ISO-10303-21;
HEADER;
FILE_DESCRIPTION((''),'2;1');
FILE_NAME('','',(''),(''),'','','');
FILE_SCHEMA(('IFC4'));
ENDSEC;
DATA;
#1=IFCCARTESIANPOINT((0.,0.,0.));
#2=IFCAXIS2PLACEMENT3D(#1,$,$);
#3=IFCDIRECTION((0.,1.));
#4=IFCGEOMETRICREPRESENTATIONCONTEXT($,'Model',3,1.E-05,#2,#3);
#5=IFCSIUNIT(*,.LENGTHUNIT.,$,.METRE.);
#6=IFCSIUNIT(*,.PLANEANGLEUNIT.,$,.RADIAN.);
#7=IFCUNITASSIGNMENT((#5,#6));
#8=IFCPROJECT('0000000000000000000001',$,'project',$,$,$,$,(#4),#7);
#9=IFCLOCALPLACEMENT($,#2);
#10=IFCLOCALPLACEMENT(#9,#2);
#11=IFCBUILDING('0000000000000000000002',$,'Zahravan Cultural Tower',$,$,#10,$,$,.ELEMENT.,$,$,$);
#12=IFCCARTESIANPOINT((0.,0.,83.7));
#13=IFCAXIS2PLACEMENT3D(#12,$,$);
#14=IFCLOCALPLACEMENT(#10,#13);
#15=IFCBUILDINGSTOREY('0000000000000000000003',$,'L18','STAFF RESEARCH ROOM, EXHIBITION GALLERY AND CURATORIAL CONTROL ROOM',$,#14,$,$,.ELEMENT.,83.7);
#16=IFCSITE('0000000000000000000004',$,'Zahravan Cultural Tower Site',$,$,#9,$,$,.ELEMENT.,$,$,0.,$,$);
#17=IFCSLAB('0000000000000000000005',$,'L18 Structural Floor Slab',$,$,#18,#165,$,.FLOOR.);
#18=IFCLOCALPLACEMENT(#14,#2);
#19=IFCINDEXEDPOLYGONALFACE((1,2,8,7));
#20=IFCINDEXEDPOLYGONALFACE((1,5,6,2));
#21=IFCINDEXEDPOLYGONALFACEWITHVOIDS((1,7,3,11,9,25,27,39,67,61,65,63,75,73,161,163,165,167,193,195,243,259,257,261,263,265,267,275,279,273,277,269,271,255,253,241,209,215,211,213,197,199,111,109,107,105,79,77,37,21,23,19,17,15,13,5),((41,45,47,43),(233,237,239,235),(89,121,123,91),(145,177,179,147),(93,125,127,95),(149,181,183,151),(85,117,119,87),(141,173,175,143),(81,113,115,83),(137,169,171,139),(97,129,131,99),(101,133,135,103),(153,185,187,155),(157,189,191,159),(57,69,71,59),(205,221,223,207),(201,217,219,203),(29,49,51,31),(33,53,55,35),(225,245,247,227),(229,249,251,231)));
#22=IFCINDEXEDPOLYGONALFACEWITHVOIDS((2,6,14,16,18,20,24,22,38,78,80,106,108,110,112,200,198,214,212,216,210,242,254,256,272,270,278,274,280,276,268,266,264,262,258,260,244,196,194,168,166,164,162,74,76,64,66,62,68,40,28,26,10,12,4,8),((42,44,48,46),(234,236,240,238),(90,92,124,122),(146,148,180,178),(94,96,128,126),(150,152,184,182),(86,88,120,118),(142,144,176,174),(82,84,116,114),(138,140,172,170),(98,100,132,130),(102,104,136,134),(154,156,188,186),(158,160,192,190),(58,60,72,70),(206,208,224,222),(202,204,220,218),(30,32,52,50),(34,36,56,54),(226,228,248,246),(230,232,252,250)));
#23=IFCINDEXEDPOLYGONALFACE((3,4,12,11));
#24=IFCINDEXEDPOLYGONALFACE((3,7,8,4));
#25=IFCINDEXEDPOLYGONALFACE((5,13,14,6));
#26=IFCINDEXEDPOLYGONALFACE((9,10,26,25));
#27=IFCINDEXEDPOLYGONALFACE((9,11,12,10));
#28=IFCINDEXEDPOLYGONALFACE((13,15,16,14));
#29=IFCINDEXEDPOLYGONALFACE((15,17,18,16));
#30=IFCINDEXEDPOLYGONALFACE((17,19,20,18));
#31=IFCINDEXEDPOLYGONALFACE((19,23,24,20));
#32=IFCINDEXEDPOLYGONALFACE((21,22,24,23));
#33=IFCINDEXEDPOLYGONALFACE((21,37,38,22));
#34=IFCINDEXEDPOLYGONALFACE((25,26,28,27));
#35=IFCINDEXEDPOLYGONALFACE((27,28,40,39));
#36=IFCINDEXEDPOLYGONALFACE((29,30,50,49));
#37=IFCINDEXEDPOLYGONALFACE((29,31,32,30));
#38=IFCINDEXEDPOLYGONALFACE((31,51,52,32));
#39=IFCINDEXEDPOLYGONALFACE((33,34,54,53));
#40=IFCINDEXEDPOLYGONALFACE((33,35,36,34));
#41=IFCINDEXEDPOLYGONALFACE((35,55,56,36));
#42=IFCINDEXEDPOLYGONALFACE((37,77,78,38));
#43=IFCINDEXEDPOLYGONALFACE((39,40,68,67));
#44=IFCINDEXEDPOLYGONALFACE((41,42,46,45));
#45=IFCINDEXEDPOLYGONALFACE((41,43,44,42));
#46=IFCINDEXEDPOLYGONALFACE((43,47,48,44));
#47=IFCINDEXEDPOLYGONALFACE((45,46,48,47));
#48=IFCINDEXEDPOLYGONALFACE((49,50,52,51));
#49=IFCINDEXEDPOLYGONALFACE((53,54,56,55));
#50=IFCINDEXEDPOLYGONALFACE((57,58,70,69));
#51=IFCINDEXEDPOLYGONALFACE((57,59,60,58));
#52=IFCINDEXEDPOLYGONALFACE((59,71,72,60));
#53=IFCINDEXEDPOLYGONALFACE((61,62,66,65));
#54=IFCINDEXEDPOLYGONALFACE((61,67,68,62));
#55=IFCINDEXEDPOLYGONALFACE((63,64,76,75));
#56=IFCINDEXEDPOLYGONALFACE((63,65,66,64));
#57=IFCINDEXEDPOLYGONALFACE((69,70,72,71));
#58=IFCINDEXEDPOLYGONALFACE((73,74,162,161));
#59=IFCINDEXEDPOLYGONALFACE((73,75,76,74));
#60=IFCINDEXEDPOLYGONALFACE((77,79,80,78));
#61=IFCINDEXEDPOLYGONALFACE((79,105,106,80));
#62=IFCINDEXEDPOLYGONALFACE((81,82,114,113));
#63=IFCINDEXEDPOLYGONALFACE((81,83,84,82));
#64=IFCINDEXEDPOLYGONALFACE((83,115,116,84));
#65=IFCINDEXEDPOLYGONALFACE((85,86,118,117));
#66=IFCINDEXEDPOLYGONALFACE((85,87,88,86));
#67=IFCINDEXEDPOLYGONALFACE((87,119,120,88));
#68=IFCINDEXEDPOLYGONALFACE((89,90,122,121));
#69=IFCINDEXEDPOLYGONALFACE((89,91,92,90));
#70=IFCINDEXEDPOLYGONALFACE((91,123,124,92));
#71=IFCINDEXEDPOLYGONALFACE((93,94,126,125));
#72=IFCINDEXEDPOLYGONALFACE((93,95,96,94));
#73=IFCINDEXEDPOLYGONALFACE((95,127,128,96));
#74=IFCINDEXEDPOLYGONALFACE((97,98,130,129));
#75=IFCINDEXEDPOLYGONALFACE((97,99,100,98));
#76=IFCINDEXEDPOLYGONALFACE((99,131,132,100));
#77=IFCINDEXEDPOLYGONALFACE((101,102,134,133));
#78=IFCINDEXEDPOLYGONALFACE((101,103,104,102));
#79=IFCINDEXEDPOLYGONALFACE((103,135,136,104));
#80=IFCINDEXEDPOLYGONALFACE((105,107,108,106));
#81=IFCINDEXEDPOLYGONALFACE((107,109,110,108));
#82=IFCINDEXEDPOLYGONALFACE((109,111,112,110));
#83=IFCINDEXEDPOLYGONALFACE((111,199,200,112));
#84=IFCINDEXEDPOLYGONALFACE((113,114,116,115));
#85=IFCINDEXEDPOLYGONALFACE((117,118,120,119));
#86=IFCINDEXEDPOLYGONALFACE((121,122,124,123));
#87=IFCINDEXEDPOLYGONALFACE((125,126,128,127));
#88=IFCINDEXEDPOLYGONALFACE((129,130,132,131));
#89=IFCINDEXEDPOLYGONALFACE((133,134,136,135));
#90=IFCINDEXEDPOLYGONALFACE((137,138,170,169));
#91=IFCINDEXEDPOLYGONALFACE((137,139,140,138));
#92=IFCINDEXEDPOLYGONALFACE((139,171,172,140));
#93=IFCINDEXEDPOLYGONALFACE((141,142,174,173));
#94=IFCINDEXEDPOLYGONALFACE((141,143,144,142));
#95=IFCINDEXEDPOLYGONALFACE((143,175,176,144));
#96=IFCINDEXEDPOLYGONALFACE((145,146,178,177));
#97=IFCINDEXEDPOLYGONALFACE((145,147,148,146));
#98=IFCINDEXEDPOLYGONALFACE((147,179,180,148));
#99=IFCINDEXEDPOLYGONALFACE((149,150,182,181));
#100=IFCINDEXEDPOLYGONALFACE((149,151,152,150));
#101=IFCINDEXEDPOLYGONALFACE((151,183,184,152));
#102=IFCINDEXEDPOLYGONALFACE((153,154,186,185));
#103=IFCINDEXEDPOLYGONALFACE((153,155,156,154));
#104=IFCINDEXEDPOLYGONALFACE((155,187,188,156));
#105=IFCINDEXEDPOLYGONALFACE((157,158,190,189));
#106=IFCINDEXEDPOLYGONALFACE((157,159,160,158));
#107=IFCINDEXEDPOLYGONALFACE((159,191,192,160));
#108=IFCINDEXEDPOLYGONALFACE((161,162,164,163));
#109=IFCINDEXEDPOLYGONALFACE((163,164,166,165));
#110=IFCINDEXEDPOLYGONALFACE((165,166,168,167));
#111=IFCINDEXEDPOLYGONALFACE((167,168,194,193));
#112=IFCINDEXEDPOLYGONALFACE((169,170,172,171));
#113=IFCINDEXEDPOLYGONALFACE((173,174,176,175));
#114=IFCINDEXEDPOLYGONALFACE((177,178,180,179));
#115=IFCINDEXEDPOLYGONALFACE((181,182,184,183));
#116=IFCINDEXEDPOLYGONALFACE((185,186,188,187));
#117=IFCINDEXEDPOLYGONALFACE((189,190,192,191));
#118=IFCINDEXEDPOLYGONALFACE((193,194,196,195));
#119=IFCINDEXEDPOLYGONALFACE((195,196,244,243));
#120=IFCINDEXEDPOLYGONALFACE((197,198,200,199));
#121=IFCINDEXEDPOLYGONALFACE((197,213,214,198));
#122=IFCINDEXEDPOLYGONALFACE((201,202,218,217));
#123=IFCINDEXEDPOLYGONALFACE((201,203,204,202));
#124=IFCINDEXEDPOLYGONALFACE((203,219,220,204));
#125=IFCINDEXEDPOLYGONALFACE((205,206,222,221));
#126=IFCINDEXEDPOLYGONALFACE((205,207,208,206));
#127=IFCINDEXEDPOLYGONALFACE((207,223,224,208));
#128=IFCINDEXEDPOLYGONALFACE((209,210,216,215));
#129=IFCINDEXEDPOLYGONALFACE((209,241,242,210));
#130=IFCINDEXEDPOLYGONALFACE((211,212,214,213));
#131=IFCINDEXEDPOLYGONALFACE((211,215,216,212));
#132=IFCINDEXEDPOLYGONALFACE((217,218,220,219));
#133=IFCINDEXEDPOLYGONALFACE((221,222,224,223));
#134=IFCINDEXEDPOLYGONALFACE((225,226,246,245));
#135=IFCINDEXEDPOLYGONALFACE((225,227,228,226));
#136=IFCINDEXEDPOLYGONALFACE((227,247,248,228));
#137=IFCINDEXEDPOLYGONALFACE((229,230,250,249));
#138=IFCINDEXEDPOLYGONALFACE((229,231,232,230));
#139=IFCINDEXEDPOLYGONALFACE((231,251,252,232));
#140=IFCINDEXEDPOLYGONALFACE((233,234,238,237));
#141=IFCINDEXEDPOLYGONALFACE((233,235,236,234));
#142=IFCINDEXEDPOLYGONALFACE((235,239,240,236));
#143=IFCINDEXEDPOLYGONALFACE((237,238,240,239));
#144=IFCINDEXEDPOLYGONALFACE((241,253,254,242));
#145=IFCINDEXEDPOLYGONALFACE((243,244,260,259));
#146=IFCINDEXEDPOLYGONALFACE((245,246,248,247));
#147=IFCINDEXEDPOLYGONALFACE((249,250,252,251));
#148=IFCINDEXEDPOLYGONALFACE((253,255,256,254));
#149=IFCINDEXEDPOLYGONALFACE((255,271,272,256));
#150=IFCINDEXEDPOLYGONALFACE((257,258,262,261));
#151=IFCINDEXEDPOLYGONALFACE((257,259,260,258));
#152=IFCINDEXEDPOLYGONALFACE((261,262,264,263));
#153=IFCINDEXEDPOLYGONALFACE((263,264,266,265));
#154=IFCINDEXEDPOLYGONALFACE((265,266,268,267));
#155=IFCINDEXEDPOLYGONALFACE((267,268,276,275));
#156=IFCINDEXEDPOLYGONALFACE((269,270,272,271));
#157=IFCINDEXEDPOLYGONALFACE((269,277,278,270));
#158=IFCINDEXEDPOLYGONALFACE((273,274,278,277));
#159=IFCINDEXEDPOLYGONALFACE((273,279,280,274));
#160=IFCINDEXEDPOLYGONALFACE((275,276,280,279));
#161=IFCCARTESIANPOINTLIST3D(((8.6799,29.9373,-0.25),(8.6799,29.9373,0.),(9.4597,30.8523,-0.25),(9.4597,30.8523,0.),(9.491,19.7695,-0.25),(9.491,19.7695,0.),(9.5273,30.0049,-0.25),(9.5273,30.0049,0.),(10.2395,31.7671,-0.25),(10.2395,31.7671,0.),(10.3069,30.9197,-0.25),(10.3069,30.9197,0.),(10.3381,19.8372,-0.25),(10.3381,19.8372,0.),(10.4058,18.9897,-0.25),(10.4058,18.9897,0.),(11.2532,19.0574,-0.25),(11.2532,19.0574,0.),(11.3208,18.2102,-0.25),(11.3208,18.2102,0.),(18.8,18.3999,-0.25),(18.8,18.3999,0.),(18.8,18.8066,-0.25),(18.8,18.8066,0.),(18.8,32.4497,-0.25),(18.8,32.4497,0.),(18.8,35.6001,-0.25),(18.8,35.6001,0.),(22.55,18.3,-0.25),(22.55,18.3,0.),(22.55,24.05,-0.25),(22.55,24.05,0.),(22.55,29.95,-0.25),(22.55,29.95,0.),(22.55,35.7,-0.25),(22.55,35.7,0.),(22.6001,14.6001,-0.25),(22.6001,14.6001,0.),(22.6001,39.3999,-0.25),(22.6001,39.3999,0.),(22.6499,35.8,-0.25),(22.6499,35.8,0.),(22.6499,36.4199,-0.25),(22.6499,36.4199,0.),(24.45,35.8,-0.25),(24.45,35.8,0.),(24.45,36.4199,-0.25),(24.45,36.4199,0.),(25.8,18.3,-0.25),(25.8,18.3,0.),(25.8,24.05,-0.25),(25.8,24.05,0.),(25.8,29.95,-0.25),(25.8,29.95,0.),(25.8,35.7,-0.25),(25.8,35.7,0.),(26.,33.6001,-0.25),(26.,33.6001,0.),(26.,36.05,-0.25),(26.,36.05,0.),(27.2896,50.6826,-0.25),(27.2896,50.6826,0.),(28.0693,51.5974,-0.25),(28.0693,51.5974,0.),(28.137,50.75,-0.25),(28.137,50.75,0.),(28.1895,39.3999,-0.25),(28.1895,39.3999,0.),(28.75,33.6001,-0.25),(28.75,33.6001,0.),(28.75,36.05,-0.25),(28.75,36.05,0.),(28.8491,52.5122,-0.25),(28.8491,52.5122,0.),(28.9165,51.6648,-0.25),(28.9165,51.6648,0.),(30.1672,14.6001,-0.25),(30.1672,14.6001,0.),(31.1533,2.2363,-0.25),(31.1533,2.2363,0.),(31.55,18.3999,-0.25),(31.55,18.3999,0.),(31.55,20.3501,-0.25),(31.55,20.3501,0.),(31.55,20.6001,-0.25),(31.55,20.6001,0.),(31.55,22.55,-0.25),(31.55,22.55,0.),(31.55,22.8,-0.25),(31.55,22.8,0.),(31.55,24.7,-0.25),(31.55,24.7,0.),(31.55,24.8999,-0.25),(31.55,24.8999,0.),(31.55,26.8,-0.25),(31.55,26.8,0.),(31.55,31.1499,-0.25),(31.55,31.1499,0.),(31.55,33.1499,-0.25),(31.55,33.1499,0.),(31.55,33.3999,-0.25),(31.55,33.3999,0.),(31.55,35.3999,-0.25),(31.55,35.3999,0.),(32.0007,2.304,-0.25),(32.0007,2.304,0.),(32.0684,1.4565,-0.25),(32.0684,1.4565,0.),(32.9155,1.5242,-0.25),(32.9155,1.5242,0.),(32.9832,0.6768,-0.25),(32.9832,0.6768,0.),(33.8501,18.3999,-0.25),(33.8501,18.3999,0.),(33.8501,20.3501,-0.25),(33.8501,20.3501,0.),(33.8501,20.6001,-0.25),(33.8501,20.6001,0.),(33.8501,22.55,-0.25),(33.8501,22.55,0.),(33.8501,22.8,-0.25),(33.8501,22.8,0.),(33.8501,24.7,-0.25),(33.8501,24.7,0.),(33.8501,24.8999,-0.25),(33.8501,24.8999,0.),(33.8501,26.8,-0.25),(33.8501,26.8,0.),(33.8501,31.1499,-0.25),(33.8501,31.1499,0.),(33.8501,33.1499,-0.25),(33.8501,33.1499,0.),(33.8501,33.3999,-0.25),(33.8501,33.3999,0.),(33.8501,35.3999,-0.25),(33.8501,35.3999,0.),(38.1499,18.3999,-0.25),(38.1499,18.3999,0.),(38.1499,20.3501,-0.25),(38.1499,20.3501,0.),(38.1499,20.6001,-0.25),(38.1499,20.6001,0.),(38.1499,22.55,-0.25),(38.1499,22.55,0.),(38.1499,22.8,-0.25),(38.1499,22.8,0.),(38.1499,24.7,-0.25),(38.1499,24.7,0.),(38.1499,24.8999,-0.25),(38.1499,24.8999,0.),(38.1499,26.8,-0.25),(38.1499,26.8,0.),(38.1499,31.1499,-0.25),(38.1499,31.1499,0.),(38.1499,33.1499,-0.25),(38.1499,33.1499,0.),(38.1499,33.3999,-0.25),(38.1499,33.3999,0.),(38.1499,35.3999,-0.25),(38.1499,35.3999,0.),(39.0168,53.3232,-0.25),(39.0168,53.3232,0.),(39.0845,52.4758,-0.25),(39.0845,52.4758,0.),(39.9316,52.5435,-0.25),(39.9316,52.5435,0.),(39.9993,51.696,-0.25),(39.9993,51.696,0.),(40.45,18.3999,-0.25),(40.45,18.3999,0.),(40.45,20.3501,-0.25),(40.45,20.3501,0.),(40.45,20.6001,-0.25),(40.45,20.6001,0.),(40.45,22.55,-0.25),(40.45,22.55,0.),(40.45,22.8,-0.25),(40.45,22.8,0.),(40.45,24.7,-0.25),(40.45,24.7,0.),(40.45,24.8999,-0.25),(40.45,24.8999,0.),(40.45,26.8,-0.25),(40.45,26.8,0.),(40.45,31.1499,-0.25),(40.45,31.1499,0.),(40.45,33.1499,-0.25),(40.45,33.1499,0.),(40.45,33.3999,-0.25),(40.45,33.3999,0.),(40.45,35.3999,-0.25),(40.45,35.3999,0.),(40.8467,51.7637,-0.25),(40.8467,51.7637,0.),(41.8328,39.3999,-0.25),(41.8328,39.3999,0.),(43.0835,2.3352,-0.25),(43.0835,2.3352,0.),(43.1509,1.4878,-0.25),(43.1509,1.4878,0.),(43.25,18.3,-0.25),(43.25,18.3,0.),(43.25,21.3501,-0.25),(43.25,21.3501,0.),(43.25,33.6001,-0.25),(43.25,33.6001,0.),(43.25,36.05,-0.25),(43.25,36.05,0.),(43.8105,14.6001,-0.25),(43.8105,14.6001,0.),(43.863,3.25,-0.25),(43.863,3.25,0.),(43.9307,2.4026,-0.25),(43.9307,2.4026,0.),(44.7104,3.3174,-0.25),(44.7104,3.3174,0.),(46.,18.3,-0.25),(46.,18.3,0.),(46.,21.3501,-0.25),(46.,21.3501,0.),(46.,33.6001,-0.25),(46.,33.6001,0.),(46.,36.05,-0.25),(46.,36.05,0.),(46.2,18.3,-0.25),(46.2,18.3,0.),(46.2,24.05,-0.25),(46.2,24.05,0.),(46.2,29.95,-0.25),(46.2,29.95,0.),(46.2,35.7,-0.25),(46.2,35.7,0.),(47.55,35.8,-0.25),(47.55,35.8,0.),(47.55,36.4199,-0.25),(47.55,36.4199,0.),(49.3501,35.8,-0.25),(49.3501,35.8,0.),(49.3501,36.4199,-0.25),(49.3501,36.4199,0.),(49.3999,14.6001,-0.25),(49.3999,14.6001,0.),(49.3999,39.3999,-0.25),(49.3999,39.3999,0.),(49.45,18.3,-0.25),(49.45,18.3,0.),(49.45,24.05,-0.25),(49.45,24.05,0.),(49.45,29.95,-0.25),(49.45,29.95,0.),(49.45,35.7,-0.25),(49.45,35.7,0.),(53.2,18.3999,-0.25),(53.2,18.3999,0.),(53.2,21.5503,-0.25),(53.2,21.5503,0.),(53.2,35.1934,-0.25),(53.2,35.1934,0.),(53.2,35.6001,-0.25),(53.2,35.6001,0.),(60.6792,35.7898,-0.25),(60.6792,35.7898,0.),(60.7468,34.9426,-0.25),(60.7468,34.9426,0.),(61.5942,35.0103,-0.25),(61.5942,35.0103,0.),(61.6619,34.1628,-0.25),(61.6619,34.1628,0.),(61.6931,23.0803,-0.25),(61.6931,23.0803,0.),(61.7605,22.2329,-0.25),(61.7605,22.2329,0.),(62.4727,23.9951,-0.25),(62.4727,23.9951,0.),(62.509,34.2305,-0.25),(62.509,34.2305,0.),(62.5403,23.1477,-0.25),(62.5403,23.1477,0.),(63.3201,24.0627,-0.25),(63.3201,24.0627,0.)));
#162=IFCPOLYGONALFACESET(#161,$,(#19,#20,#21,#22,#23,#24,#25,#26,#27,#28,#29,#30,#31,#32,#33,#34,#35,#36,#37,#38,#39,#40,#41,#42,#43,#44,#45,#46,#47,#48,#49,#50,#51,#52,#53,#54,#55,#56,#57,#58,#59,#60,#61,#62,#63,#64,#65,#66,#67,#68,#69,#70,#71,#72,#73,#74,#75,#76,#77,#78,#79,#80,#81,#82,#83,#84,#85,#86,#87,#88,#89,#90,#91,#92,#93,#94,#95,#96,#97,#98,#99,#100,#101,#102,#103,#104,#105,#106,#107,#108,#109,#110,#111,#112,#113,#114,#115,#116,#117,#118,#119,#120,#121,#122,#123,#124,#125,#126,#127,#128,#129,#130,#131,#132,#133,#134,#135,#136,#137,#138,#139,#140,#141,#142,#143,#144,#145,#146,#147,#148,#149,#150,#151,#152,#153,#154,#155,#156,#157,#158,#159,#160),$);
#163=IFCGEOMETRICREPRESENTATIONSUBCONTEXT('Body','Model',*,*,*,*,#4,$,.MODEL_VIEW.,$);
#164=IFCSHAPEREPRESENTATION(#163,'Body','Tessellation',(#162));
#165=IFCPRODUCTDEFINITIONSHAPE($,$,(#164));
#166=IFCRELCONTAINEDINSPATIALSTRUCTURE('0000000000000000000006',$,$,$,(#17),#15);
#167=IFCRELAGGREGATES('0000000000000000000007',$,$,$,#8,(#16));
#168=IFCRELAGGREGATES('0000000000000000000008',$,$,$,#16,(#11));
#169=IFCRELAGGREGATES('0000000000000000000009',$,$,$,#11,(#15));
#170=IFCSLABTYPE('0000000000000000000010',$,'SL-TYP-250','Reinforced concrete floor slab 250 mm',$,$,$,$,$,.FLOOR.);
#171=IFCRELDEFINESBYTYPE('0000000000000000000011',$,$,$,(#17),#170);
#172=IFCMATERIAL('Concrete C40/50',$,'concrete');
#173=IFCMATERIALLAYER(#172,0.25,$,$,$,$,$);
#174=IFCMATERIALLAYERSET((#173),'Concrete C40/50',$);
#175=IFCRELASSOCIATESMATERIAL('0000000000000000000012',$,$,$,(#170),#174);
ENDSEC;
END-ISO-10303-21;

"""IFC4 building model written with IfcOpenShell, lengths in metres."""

from ifc_helpers import new_model, si_unit, direction, frame, origin, place, context, subcontext, project, spatial, polyline, outline, extrude, material, layer, layer_set, type_object, element, save


model = new_model("IFC4")

# Units and contexts
model_context = context("Model", 3, precision=1e-05, world=origin(), true_north=direction((0.0, 1.0)))
body_context = subcontext(model_context, "Body", "Model", "MODEL_VIEW")
ifc_project = project(units=[si_unit("LENGTHUNIT", "METRE"), si_unit("PLANEANGLEUNIT", "RADIAN")], contexts=[model_context])

# Site, building, storey
site_placement = place(None, origin())
site = spatial("IfcSite", under=ifc_project, at=site_placement, Name="Zahravan Cultural Tower Site", CompositionType="ELEMENT", RefElevation=0.0)
building_placement = place(site_placement, origin())
building = spatial("IfcBuilding", under=site, at=building_placement, Name="Zahravan Cultural Tower", CompositionType="ELEMENT")
storey_placement = place(building_placement, frame((0.0, 0.0, 83.7)))
storey = spatial("IfcBuildingStorey", under=building, at=storey_placement, Name="L18", Description="STAFF RESEARCH ROOM, EXHIBITION GALLERY AND CURATORIAL CONTROL ROOM", CompositionType="ELEMENT", Elevation=83.7)

# Slab
ifc_material_1 = material(Name="Concrete C40/50", Category="concrete")
ifc_layer_1 = layer(ifc_material_1, 0.25)
ifc_layer_set_1 = layer_set([ifc_layer_1], Name="Concrete C40/50")
slab_type_1 = type_object("IfcSlabType", Name="SL-TYP-250", Description="Reinforced concrete floor slab 250 mm", PredefinedType="FLOOR", material=ifc_layer_set_1)
slab_1_placement = place(storey_placement, frame((0.0, 0.0, -0.25)))
element("IfcSlab", 1, at=slab_1_placement, inside=storey, type_object=slab_type_1, Name="L18 Structural Floor Slab", PredefinedType="FLOOR", context=body_context, shape_type="SweptSolid", body=[
    extrude(outline(polyline([(53.2, 35.1934), (53.2, 35.6001), (49.3999, 39.3999), (41.8328, 39.3999), (40.8467, 51.7637), (39.9993, 51.696), (39.9316, 52.5435), (39.0845, 52.4758), (39.0168, 53.3232), (28.8491, 52.5122), (28.9165, 51.6648), (28.0693, 51.5974), (28.137, 50.75), (27.2896, 50.6826), (28.1895, 39.3999), (22.6001, 39.3999), (18.8, 35.6001), (18.8, 32.4497), (10.2395, 31.7671), (10.3069, 30.9197), (9.4597, 30.8523), (9.5273, 30.0049), (8.6799, 29.9373), (9.491, 19.7695), (10.3381, 19.8372), (10.4058, 18.9897), (11.2532, 19.0574), (11.3208, 18.2102), (18.8, 18.8066), (18.8, 18.3999), (22.6001, 14.6001), (30.1672, 14.6001), (31.1533, 2.2363), (32.0007, 2.304), (32.0684, 1.4565), (32.9155, 1.5242), (32.9832, 0.6768), (43.1509, 1.4878), (43.0835, 2.3352), (43.9307, 2.4026), (43.863, 3.25), (44.7104, 3.3174), (43.8105, 14.6001), (49.3999, 14.6001), (53.2, 18.3999), (53.2, 21.5503), (61.7605, 22.2329), (61.6931, 23.0803), (62.5403, 23.1477), (62.4727, 23.9951), (63.3201, 24.0627), (62.509, 34.2305), (61.6619, 34.1628), (61.5942, 35.0103), (60.7468, 34.9426), (60.6792, 35.7898), (53.2, 35.1934)]), holes=[polyline([(22.55, 29.95), (22.55, 35.7), (25.8, 35.7), (25.8, 29.95), (22.55, 29.95)]), polyline([(22.55, 18.3), (22.55, 24.05), (25.8, 24.05), (25.8, 18.3), (22.55, 18.3)]), polyline([(46.2, 29.95), (46.2, 35.7), (49.45, 35.7), (49.45, 29.95), (46.2, 29.95)]), polyline([(46.2, 18.3), (46.2, 24.05), (49.45, 24.05), (49.45, 18.3), (46.2, 18.3)]), polyline([(26.0, 33.6001), (26.0, 36.05), (28.75, 36.05), (28.75, 33.6001), (26.0, 33.6001)]), polyline([(43.25, 33.6001), (43.25, 36.05), (46.0, 36.05), (46.0, 33.6001), (43.25, 33.6001)]), polyline([(43.25, 18.3), (43.25, 21.3501), (46.0, 21.3501), (46.0, 18.3), (43.25, 18.3)]), polyline([(31.55, 33.3999), (31.55, 35.3999), (33.8501, 35.3999), (33.8501, 33.3999), (31.55, 33.3999)]), polyline([(31.55, 31.1499), (31.55, 33.1499), (33.8501, 33.1499), (33.8501, 31.1499), (31.55, 31.1499)]), polyline([(38.1499, 33.3999), (38.1499, 35.3999), (40.45, 35.3999), (40.45, 33.3999), (38.1499, 33.3999)]), polyline([(38.1499, 31.1499), (38.1499, 33.1499), (40.45, 33.1499), (40.45, 31.1499), (38.1499, 31.1499)]), polyline([(31.55, 20.6001), (31.55, 22.55), (33.8501, 22.55), (33.8501, 20.6001), (31.55, 20.6001)]), polyline([(31.55, 18.3999), (31.55, 20.3501), (33.8501, 20.3501), (33.8501, 18.3999), (31.55, 18.3999)]), polyline([(38.1499, 20.6001), (38.1499, 22.55), (40.45, 22.55), (40.45, 20.6001), (38.1499, 20.6001)]), polyline([(38.1499, 18.3999), (38.1499, 20.3501), (40.45, 20.3501), (40.45, 18.3999), (38.1499, 18.3999)]), polyline([(31.55, 24.8999), (31.55, 26.8), (33.8501, 26.8), (33.8501, 24.8999), (31.55, 24.8999)]), polyline([(31.55, 22.8), (31.55, 24.7), (33.8501, 24.7), (33.8501, 22.8), (31.55, 22.8)]), polyline([(38.1499, 24.8999), (38.1499, 26.8), (40.45, 26.8), (40.45, 24.8999), (38.1499, 24.8999)]), polyline([(38.1499, 22.8), (38.1499, 24.7), (40.45, 24.7), (40.45, 22.8), (38.1499, 22.8)]), polyline([(22.6499, 35.8), (22.6499, 36.4199), (24.45, 36.4199), (24.45, 35.8), (22.6499, 35.8)]), polyline([(47.55, 35.8), (47.55, 36.4199), (49.3501, 36.4199), (49.3501, 35.8), (47.55, 35.8)])]), origin(), (0.0, 0.0, 1.0), 0.25),
])

save(model, "model.ifc")
